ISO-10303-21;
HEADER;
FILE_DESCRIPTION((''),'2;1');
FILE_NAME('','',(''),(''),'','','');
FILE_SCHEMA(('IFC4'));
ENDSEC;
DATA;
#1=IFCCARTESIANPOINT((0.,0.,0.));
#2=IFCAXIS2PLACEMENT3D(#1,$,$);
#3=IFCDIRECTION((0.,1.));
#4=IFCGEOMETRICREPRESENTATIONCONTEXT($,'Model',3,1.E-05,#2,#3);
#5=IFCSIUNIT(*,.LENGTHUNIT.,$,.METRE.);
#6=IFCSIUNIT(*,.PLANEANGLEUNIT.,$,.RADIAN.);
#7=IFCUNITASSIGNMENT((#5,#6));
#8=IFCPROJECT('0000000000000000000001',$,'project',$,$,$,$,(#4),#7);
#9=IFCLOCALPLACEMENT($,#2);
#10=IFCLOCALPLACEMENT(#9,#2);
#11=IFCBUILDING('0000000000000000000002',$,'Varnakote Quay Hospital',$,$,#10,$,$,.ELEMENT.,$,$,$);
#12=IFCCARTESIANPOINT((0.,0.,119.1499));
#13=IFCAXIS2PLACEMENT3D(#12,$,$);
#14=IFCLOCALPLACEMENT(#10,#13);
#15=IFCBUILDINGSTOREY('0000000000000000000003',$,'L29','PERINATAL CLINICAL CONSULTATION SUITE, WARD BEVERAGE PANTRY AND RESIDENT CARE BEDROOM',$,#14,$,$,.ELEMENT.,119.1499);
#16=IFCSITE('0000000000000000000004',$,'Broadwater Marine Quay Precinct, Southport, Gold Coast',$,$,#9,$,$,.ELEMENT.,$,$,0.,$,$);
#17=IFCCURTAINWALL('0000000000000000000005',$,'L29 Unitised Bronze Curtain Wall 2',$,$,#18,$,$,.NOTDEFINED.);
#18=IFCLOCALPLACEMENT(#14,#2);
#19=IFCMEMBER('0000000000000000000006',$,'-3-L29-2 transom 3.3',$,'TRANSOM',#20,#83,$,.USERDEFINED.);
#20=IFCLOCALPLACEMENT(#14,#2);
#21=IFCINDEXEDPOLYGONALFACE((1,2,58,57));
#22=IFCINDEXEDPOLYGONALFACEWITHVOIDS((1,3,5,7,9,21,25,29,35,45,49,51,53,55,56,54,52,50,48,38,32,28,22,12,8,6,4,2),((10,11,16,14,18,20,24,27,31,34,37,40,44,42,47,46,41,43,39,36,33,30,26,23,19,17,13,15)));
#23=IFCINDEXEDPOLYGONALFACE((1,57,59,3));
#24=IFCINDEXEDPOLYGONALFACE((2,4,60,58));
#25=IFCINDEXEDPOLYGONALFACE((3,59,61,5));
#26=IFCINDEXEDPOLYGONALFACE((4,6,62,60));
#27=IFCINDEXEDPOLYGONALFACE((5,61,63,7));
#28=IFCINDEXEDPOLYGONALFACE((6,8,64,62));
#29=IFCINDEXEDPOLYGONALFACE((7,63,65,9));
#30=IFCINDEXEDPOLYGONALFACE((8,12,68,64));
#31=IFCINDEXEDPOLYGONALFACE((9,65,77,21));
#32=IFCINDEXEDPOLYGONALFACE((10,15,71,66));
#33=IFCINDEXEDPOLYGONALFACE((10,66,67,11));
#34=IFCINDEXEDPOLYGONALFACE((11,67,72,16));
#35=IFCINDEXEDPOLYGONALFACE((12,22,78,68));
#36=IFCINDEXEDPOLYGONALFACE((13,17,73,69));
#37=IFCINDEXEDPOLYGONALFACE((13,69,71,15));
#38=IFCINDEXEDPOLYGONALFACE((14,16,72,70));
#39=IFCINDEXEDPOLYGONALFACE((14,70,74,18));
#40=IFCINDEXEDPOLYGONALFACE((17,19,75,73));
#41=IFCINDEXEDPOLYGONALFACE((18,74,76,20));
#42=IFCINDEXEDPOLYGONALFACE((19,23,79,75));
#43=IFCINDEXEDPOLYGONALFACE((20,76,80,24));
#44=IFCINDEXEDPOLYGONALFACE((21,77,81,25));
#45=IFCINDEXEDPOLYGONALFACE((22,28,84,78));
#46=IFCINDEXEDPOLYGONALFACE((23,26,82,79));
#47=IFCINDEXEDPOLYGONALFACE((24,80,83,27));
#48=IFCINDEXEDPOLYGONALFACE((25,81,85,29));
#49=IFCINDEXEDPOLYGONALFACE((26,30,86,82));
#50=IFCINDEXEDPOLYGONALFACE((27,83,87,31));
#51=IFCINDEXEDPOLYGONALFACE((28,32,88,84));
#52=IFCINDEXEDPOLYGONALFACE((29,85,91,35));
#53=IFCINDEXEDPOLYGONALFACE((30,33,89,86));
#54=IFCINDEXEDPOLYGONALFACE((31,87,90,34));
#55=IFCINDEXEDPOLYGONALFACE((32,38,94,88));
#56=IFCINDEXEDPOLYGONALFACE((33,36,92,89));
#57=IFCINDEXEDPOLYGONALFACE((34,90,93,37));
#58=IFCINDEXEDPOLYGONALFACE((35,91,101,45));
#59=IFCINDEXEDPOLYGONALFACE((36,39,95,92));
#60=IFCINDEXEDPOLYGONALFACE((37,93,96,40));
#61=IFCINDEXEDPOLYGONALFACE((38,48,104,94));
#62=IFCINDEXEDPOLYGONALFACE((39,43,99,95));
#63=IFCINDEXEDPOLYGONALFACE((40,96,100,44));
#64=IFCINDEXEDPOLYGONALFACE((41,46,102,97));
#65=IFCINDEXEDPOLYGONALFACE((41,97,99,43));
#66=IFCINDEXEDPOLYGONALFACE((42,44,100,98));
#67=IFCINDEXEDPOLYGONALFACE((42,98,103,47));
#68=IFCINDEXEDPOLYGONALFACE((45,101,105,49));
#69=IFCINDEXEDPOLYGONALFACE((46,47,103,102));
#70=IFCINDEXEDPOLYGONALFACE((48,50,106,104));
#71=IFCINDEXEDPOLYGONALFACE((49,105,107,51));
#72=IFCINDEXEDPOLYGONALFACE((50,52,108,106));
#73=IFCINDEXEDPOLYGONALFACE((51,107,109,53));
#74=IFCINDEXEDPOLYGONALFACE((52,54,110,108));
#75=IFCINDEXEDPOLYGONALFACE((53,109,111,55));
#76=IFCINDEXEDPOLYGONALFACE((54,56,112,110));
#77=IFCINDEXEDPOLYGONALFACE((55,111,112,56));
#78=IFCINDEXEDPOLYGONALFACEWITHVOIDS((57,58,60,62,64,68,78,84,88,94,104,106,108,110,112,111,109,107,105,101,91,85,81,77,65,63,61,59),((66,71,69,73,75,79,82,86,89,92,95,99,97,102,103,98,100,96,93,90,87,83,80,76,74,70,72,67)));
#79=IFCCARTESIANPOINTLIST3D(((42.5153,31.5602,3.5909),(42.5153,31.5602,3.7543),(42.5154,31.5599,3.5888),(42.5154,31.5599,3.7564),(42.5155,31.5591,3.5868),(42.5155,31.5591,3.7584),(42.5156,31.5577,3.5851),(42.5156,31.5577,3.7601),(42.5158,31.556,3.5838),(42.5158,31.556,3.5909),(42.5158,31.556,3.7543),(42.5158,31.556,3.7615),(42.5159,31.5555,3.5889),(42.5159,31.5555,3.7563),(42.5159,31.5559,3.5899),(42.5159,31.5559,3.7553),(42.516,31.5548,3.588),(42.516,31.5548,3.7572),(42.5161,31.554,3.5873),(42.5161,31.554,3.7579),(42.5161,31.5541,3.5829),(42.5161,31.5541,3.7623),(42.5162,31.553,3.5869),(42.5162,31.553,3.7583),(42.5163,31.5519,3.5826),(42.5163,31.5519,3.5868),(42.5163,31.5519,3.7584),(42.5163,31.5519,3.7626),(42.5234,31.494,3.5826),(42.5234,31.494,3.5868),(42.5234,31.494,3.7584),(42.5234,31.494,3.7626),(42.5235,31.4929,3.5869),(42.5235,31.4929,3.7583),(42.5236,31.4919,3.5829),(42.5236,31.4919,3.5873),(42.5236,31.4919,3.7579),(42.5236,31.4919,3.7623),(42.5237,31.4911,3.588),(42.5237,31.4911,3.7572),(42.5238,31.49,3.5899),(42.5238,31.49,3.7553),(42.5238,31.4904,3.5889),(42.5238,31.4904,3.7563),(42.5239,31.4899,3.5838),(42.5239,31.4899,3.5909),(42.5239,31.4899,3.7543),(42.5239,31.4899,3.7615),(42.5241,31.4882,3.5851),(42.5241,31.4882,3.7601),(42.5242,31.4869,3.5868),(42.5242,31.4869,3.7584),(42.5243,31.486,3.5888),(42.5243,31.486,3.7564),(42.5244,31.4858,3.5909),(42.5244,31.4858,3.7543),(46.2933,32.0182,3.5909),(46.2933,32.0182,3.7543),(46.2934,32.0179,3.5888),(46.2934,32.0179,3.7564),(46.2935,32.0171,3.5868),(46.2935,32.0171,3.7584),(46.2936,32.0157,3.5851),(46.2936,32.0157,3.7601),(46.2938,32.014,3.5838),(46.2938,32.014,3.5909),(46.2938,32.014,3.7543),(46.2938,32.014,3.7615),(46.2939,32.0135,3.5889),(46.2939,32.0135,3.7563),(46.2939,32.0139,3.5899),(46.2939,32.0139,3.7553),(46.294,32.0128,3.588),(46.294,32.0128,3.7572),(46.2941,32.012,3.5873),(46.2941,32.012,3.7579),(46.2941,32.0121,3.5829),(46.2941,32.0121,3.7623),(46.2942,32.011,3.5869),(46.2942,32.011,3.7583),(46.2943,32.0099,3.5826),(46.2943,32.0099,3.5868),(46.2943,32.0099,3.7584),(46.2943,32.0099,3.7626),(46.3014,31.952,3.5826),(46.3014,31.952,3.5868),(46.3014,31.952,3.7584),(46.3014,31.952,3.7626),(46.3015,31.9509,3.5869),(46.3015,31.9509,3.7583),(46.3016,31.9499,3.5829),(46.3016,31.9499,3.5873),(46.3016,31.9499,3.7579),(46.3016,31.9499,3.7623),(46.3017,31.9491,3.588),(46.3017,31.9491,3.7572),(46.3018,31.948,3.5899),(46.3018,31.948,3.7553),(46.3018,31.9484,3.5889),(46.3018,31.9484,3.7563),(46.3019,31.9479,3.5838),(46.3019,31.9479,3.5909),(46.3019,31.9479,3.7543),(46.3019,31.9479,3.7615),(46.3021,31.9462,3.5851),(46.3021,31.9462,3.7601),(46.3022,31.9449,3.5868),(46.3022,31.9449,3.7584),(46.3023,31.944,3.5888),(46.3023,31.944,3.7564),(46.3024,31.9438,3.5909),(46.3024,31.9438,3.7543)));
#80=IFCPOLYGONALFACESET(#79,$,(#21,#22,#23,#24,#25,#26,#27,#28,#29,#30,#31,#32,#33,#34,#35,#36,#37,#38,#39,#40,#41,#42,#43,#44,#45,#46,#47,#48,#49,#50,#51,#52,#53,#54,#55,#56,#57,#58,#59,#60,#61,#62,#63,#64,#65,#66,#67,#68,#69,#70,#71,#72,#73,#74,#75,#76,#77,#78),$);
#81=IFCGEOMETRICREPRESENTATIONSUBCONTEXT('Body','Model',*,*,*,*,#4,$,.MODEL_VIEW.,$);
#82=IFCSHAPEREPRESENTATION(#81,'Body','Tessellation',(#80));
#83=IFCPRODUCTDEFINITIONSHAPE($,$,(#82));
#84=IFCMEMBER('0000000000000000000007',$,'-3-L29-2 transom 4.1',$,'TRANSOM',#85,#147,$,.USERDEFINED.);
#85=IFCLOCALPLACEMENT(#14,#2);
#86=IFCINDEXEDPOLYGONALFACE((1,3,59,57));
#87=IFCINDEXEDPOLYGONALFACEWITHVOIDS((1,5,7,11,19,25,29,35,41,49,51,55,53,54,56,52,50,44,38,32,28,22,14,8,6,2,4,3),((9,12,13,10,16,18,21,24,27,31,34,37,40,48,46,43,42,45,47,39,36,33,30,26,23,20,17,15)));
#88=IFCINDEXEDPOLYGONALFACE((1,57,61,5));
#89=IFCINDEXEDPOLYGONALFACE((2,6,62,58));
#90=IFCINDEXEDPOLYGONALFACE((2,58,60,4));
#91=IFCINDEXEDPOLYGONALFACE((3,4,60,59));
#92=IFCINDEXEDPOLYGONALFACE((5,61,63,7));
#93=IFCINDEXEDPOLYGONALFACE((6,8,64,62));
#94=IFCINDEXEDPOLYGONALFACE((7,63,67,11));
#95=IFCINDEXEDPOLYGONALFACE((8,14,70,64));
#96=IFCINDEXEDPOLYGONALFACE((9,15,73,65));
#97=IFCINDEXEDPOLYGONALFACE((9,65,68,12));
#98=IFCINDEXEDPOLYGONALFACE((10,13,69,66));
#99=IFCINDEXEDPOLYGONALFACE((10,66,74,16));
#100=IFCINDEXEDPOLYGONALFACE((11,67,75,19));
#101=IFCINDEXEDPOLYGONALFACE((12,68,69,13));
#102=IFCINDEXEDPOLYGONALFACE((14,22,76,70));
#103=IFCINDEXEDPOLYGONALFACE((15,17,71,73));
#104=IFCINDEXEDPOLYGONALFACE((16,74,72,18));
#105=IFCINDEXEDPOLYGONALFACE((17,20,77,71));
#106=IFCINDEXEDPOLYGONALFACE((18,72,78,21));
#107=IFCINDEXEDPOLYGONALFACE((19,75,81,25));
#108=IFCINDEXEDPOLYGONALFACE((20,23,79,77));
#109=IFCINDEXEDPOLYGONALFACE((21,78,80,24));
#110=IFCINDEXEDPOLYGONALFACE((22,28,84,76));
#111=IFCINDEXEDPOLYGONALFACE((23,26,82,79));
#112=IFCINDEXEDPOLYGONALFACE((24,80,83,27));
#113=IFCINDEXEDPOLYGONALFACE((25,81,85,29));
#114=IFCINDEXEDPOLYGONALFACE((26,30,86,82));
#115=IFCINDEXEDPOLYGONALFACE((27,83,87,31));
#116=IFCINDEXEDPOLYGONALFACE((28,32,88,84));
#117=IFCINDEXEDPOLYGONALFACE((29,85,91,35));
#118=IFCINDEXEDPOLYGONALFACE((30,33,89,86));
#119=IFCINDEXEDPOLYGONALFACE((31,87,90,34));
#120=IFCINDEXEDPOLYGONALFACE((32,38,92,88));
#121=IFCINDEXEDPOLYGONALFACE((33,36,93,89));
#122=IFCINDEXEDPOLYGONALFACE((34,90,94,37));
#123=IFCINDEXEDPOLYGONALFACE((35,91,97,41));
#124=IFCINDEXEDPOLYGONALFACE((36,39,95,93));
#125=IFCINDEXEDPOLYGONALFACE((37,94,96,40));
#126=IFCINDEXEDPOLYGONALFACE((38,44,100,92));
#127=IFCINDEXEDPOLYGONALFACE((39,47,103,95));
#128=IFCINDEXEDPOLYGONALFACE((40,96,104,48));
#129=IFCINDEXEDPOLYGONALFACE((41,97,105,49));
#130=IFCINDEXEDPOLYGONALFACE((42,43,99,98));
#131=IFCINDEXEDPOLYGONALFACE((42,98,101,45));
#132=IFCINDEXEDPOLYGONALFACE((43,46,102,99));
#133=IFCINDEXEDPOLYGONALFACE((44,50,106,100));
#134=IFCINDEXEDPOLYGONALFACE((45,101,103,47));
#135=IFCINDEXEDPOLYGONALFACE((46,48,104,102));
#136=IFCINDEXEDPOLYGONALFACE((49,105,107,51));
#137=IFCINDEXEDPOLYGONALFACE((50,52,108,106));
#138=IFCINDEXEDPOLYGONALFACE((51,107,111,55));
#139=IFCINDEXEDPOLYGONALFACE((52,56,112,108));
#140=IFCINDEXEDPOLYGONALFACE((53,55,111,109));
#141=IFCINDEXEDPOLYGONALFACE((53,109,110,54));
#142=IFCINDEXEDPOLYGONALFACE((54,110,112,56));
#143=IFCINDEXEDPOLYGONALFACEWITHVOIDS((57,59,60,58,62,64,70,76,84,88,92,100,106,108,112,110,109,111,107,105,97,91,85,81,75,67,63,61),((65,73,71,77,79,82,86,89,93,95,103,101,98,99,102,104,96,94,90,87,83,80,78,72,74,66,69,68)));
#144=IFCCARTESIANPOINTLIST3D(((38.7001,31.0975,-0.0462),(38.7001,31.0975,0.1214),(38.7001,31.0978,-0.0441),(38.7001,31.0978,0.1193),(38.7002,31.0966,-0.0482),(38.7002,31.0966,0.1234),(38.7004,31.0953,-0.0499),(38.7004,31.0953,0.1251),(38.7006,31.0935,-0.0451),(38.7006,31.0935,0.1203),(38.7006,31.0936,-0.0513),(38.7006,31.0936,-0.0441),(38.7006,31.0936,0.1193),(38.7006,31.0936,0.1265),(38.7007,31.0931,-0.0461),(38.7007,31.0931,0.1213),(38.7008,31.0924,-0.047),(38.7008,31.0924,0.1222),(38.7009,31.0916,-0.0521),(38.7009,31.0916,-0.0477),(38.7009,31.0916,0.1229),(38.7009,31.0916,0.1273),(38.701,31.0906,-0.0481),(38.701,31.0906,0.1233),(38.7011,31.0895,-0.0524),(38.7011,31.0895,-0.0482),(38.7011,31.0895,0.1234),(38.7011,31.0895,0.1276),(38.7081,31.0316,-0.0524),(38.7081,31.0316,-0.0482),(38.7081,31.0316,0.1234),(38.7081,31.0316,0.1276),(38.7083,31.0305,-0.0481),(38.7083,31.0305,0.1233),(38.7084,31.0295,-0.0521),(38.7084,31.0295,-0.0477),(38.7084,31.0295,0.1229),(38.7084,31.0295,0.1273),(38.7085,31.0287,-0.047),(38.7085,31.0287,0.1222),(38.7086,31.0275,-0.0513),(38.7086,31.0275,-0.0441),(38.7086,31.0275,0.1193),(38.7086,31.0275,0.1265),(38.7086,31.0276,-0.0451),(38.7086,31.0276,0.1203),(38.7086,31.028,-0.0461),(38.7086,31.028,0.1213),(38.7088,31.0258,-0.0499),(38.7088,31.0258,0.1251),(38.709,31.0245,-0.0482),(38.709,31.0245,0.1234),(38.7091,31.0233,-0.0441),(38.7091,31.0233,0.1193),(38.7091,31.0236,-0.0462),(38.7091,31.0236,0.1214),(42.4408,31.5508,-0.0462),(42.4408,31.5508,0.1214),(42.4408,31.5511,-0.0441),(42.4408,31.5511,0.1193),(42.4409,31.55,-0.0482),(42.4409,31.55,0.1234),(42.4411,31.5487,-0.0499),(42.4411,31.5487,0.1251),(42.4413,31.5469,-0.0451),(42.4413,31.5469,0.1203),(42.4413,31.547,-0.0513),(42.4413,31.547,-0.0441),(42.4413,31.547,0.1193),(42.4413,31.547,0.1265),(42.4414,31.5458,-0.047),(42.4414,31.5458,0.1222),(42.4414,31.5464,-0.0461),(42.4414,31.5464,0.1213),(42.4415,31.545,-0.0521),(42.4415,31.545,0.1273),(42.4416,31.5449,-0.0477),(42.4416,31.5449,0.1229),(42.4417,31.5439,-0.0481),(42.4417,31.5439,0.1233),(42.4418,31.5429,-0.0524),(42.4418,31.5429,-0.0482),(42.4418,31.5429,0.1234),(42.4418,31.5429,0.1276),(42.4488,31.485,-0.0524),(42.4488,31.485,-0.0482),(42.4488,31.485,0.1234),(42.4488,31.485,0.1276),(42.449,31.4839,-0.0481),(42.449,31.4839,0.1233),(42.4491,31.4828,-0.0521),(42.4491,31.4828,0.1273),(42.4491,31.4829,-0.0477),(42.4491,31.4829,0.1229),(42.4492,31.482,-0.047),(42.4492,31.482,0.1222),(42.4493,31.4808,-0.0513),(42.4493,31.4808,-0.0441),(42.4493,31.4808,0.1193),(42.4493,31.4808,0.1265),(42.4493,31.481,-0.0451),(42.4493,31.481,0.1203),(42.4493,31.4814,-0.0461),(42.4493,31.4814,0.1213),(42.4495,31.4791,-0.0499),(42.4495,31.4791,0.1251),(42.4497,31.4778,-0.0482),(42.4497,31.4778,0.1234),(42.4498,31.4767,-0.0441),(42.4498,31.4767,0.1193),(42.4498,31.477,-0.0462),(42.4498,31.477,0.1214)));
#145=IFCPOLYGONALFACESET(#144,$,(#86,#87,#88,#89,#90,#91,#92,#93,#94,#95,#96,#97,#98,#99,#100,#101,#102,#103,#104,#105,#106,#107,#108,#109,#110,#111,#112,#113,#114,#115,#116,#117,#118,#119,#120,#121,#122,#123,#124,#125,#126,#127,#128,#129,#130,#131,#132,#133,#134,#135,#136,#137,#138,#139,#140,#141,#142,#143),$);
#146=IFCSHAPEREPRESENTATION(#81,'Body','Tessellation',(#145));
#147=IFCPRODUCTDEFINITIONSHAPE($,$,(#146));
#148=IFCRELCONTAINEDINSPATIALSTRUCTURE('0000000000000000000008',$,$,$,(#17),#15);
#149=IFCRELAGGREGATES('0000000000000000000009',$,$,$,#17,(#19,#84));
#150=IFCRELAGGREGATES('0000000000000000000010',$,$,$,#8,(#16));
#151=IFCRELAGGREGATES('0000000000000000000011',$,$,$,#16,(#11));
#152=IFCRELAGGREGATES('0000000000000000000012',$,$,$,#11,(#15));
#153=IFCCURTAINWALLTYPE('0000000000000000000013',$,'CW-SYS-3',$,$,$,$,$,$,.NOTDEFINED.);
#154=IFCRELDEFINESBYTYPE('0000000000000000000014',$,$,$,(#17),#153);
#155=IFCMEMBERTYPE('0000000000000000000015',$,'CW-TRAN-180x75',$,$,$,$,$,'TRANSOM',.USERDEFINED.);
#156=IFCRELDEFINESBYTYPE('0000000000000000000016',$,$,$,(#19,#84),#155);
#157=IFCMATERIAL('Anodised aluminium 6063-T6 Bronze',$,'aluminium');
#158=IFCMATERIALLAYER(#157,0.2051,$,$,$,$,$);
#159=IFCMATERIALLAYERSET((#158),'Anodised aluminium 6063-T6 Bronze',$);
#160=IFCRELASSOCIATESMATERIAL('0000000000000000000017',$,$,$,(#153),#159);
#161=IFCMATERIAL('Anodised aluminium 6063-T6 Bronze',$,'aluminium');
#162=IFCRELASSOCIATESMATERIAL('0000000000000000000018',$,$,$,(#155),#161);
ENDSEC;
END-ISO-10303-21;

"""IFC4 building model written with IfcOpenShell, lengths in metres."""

from ifc_helpers import new_model, si_unit, direction, frame, origin, origin_2d, place, context, subcontext, project, spatial, hollow_rectangle, extrude, material, layer, layer_set, material_profile, profile_set, type_object, element, aggregate, save


model = new_model("IFC4")

# Units and contexts
model_context = context("Model", 3, precision=1e-05, world=origin(), true_north=direction((0.0, 1.0)))
body_context = subcontext(model_context, "Body", "Model", "MODEL_VIEW")
ifc_project = project(units=[si_unit("LENGTHUNIT", "METRE"), si_unit("PLANEANGLEUNIT", "RADIAN")], contexts=[model_context])

# Site, building, storey
site_placement = place(None, origin())
site = spatial("IfcSite", under=ifc_project, at=site_placement, Name="Broadwater Marine Quay Precinct, Southport, Gold Coast", CompositionType="ELEMENT", RefElevation=0.0)
building_placement = place(site_placement, origin())
building = spatial("IfcBuilding", under=site, at=building_placement, Name="Varnakote Quay Hospital", CompositionType="ELEMENT")
storey_placement = place(building_placement, frame((0.0, 0.0, 119.1499)))
storey = spatial("IfcBuildingStorey", under=building, at=storey_placement, Name="L29", Description="PERINATAL CLINICAL CONSULTATION SUITE, WARD BEVERAGE PANTRY AND RESIDENT CARE BEDROOM", CompositionType="ELEMENT", Elevation=119.1499)

# Curtain wall, members
ifc_material_1 = material(Name="Anodised aluminium 6063-T6 Bronze", Category="aluminium")
ifc_layer_1 = layer(ifc_material_1, 0.2051)
ifc_layer_set_1 = layer_set([ifc_layer_1], Name="Anodised aluminium 6063-T6 Bronze")
curtain_wall_type = type_object("IfcCurtainWallType", Name="CW-SYS-3", PredefinedType="NOTDEFINED", material=ifc_layer_set_1)
curtain_wall_placement = place(storey_placement, origin())
curtain_wall = element("IfcCurtainWall", 1, at=curtain_wall_placement, inside=storey, type_object=curtain_wall_type, Name="L29 Unitised Bronze Curtain Wall 2", PredefinedType="NOTDEFINED")
ifc_material_2 = material(Name="Anodised aluminium 6063-T6 Bronze", Category="aluminium")
ifc_material_profile_1 = material_profile(ifc_material_2, hollow_rectangle(XDim=0.075, YDim=0.1799, WallThickness=0.0042, InnerFilletRadius=0.0042, OuterFilletRadius=0.0083, at=origin_2d()), Name="CW-TRAN-180x75")
ifc_profile_set_1 = profile_set([ifc_material_profile_1], Name="Anodised aluminium 6063-T6 Bronze")
member_type_1 = type_object("IfcMemberType", Name="CW-TRAN-180x75", ElementType="TRANSOM", PredefinedType="USERDEFINED", material=ifc_profile_set_1)
member_1_placement = place(storey_placement, frame((46.2979, 31.981, 3.6726), z_axis=(-0.992732, -0.120347, 0.0), x_axis=(0.120347, -0.992732, 0.0)))
member_1 = element("IfcMember", 2, at=member_1_placement, type_object=member_type_1, Name="-3-L29-2 transom 3.3", ObjectType="TRANSOM", PredefinedType="USERDEFINED", context=body_context, shape_type="SweptSolid", body=[
    extrude(hollow_rectangle(XDim=0.075, YDim=0.1799, WallThickness=0.0042, InnerFilletRadius=0.0042, OuterFilletRadius=0.0083, at=origin_2d()), origin(), (0.0, 0.0, 1.0), 3.8057),
])
member_2_placement = place(storey_placement, frame((42.4453, 31.5139, 0.0376), z_axis=(-0.992735, -0.120318, 0.0), x_axis=(0.120318, -0.992735, 0.0)))
member_2 = element("IfcMember", 3, at=member_2_placement, type_object=member_type_1, Name="-3-L29-2 transom 4.1", ObjectType="TRANSOM", PredefinedType="USERDEFINED", context=body_context, shape_type="SweptSolid", body=[
    extrude(hollow_rectangle(XDim=0.075, YDim=0.1799, WallThickness=0.0042, InnerFilletRadius=0.0042, OuterFilletRadius=0.0083, at=origin_2d()), origin(), (0.0, 0.0, 1.0), 3.7681),
])

aggregate(curtain_wall, [member_1, member_2])

save(model, "model.ifc")
